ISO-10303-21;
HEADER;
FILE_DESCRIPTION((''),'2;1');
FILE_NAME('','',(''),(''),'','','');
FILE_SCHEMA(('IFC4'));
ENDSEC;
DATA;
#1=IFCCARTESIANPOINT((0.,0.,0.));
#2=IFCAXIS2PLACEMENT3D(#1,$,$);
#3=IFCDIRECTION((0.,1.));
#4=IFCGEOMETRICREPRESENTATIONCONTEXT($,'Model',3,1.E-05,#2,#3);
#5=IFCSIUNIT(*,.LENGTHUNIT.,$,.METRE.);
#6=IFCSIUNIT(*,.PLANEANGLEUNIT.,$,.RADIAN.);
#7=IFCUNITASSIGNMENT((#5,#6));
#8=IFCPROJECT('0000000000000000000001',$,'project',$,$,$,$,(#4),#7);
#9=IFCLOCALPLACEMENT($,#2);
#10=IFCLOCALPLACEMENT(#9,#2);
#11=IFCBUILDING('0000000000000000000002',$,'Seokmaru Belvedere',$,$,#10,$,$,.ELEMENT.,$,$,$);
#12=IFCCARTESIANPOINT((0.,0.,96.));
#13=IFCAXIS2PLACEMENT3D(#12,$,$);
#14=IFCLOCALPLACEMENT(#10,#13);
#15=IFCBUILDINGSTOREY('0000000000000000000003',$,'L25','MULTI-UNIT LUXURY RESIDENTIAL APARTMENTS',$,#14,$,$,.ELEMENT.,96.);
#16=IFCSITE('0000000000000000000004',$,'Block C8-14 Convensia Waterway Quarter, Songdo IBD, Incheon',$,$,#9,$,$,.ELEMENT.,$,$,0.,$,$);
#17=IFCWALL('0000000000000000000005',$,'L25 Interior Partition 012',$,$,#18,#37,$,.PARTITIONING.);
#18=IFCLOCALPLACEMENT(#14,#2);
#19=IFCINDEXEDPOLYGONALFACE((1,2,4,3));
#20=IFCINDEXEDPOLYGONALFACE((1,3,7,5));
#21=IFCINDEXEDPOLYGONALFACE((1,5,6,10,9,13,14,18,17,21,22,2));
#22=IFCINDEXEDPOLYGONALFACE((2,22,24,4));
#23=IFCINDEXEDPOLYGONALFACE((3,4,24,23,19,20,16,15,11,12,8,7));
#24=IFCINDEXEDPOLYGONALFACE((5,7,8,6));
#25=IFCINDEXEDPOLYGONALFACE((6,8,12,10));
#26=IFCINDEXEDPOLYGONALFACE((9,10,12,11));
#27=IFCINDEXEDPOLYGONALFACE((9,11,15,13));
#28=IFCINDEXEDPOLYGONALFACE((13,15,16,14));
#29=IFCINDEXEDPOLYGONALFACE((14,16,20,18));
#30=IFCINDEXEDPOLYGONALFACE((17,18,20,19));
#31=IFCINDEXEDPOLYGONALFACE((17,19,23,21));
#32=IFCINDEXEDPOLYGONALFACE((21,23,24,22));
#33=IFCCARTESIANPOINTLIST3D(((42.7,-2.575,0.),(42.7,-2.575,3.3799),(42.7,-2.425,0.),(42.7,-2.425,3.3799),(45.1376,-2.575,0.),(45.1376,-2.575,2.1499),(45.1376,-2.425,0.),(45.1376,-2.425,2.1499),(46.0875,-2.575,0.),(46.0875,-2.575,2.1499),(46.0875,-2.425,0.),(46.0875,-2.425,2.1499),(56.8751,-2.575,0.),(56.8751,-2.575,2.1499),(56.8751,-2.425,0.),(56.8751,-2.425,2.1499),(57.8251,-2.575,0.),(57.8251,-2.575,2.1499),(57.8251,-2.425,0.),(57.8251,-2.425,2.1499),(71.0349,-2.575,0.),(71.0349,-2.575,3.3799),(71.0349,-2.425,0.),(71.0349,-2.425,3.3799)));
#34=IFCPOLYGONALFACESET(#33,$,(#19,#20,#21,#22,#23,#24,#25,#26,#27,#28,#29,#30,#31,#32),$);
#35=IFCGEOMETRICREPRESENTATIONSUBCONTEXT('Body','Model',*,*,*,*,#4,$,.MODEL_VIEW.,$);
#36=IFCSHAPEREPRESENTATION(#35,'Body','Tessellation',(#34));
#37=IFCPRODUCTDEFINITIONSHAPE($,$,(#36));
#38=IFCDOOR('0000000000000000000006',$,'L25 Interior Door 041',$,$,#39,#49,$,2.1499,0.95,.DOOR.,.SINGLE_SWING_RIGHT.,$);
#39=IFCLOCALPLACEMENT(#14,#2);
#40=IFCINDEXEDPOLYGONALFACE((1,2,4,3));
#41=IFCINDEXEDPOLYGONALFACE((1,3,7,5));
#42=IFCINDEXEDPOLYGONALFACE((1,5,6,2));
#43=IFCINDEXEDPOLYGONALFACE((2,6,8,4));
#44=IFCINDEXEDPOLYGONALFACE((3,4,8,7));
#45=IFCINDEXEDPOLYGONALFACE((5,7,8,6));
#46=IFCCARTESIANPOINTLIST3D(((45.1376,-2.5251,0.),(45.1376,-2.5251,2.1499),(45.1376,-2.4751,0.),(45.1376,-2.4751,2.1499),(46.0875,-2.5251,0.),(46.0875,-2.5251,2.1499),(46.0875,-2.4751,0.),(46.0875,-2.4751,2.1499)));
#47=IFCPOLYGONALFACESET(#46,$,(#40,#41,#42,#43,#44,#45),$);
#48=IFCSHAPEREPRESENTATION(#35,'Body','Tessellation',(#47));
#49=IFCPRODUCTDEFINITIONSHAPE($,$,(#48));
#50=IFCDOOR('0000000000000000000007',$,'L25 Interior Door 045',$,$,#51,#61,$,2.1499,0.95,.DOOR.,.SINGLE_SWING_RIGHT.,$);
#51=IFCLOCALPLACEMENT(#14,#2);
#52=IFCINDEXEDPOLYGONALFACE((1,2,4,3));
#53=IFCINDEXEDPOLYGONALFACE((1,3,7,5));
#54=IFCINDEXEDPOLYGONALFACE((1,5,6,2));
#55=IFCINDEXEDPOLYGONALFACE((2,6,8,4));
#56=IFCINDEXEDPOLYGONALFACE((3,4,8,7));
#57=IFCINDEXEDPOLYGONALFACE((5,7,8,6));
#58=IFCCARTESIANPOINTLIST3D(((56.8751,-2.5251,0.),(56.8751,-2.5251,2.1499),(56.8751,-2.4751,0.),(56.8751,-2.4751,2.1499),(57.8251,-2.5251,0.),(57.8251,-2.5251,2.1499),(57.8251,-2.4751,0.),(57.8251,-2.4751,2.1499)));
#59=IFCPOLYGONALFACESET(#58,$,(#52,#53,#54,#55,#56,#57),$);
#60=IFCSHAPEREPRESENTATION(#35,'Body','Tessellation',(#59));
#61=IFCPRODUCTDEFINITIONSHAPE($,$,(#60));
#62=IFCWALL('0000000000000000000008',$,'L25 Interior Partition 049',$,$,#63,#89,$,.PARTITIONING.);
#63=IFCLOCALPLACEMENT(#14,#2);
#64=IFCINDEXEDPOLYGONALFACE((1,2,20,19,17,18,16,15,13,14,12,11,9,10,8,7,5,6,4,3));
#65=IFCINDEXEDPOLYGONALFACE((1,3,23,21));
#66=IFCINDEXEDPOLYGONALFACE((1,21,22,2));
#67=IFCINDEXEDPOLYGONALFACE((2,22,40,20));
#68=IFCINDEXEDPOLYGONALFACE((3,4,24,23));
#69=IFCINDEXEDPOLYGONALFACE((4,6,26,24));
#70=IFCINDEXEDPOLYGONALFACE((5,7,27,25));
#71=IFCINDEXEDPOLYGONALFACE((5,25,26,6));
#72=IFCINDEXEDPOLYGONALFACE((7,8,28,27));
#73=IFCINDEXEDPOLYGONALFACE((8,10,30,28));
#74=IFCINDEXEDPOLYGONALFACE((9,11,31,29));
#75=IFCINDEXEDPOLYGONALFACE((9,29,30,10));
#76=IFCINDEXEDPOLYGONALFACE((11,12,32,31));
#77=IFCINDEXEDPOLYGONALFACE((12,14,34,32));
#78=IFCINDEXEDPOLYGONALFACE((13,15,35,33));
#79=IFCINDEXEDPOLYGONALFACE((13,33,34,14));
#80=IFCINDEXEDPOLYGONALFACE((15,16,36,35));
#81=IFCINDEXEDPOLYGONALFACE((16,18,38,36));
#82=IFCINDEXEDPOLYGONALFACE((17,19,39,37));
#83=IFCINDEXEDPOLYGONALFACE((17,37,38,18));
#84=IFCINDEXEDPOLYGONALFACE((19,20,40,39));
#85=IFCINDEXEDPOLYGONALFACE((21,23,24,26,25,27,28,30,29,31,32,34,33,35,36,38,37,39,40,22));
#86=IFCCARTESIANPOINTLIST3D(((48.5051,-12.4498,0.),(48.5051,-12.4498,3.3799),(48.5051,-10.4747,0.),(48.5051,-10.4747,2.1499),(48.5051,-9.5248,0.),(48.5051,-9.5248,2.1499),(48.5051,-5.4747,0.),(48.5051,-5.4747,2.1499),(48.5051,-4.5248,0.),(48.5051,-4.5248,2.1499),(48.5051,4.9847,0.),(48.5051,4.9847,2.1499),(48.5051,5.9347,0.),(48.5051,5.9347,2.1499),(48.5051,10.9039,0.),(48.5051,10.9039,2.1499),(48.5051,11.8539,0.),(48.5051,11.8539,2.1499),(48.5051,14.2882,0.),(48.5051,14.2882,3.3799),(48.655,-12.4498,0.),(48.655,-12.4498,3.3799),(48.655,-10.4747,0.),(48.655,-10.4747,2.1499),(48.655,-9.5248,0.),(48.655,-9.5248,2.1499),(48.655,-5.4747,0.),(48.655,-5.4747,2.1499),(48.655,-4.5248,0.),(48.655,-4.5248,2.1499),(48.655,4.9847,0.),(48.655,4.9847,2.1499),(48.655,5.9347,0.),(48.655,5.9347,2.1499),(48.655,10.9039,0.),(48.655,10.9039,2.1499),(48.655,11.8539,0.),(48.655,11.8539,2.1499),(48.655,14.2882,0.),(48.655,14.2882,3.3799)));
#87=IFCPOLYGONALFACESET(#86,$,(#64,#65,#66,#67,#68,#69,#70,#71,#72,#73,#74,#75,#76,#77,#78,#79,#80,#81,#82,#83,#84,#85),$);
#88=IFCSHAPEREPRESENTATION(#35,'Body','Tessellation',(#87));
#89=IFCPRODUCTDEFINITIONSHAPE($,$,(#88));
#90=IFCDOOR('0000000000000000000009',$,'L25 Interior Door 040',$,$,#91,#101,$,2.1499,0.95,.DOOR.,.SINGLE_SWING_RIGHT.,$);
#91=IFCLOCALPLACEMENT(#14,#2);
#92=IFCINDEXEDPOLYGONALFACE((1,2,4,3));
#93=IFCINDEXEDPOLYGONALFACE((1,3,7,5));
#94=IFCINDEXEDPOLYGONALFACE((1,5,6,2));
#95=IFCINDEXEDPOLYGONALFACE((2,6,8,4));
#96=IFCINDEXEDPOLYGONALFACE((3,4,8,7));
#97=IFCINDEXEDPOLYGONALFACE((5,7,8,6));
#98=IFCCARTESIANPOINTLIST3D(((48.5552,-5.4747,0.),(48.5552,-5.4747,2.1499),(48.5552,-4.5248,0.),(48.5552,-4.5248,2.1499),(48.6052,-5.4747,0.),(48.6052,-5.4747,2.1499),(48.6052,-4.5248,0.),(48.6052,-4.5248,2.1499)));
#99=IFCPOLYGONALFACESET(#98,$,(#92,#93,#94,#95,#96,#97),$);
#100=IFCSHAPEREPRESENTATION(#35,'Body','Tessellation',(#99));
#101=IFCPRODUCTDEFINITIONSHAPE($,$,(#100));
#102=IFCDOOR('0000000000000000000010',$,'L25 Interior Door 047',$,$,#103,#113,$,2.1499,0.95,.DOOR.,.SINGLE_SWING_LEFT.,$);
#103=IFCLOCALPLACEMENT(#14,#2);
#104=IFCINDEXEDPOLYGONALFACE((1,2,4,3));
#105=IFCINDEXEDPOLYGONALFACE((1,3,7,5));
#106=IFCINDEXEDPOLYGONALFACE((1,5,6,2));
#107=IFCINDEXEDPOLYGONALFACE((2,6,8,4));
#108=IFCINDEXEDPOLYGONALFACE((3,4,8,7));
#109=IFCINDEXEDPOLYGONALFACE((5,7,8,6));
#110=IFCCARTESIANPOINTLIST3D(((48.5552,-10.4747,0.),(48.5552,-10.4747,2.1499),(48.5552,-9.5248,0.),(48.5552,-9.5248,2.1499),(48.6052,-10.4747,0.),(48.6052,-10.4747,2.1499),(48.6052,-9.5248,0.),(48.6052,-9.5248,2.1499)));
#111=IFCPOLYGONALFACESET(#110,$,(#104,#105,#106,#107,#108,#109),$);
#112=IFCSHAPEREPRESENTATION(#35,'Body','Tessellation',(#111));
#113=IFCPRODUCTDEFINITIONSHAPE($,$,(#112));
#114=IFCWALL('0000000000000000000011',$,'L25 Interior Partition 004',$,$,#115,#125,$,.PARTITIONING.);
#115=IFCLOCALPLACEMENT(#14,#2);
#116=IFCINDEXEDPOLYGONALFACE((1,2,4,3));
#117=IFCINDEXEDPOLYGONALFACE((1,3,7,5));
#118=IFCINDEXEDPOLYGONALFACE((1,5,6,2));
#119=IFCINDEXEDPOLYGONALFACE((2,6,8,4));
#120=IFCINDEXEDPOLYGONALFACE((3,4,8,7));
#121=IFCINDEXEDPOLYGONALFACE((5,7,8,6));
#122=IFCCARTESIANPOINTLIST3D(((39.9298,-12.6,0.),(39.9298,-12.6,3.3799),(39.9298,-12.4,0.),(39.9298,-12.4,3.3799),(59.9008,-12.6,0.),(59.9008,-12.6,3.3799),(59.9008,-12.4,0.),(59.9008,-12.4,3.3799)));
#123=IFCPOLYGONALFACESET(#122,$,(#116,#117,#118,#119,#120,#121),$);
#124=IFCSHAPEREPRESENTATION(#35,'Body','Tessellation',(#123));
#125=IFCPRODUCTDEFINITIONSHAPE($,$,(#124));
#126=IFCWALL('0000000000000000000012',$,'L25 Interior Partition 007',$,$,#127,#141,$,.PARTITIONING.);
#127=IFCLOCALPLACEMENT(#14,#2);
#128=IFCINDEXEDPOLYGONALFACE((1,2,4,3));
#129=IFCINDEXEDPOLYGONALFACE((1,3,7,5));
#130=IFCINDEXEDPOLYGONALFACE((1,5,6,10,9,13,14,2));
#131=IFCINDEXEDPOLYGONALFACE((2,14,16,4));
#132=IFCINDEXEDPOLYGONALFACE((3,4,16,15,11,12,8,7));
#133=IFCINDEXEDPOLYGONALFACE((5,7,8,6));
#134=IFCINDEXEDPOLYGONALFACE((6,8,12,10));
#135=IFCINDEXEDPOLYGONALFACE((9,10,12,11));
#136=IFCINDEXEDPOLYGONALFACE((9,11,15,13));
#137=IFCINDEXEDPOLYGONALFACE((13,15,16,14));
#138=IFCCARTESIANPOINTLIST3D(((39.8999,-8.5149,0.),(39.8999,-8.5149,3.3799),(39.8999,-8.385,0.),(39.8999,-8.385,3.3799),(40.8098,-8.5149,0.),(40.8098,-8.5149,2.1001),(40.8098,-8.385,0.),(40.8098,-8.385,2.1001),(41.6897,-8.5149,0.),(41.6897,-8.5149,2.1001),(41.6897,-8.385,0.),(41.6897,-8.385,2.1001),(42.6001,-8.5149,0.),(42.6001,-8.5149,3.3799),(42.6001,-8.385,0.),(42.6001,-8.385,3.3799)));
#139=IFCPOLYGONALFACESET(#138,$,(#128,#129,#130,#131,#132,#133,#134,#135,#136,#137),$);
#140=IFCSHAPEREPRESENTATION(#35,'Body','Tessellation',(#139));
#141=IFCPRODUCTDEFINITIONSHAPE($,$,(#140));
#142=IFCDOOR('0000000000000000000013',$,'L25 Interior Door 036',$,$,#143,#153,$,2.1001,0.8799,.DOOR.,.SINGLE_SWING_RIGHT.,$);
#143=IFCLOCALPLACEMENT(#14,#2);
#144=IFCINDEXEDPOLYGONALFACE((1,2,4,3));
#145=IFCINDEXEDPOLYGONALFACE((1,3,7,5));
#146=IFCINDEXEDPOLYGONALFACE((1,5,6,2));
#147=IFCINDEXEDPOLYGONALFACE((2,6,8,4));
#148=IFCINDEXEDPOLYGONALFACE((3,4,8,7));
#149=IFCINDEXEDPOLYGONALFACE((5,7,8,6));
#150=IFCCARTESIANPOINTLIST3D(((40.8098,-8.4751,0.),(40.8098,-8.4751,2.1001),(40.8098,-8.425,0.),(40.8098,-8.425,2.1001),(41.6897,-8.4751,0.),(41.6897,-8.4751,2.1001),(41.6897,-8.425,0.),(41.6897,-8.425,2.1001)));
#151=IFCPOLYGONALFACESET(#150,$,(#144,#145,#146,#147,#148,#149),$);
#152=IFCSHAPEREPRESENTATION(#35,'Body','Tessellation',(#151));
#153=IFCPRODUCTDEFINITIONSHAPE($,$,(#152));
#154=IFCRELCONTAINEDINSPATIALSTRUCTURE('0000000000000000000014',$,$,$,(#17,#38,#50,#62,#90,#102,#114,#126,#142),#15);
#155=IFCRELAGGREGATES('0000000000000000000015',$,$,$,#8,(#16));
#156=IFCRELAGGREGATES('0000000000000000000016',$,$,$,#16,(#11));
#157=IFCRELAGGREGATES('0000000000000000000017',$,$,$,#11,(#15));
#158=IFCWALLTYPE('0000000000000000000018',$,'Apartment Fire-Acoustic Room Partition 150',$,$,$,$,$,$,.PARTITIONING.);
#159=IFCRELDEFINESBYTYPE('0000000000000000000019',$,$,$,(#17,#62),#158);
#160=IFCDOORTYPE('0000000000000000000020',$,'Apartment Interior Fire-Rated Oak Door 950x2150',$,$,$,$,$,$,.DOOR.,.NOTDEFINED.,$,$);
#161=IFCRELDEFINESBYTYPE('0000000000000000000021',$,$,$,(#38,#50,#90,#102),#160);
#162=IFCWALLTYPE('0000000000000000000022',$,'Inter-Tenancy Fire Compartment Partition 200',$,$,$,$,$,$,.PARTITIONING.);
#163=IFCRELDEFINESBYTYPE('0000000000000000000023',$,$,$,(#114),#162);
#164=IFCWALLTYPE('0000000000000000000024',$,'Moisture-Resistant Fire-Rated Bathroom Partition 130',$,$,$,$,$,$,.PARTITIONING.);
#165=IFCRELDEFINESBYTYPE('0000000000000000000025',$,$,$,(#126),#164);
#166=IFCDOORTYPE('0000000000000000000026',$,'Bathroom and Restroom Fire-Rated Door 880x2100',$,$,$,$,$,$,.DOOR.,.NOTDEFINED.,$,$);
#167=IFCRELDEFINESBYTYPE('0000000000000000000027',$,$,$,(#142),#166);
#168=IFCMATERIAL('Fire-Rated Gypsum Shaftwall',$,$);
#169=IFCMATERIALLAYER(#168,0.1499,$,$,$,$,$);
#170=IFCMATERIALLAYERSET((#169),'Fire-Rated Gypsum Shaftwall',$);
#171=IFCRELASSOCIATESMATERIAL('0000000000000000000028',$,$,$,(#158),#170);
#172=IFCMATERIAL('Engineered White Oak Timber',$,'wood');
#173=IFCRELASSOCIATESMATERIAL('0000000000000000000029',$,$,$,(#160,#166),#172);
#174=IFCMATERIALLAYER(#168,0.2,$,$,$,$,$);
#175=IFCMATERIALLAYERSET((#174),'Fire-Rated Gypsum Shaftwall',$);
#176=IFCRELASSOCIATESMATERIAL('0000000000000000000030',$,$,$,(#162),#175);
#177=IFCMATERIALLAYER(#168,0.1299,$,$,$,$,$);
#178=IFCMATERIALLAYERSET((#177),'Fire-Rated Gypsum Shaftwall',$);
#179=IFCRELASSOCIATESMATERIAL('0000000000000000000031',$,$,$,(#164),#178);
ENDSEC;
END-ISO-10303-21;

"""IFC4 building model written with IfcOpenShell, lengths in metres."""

from ifc_helpers import new_model, si_unit, direction, frame, frame_2d, origin, place, context, subcontext, project, spatial, rectangle, extrude, source, transform, mapped, material, layer, layer_set, type_object, type_shapes, element, fill, save


model = new_model("IFC4")

# Units and contexts
model_context = context("Model", 3, precision=1e-05, world=origin(), true_north=direction((0.0, 1.0)))
body_context = subcontext(model_context, "Body", "Model", "MODEL_VIEW")
ifc_project = project(units=[si_unit("LENGTHUNIT", "METRE"), si_unit("PLANEANGLEUNIT", "RADIAN")], contexts=[model_context])

# Site, building, storey
site_placement = place(None, origin())
site = spatial("IfcSite", under=ifc_project, at=site_placement, Name="Block C8-14 Convensia Waterway Quarter, Songdo IBD, Incheon", CompositionType="ELEMENT", RefElevation=0.0)
building_placement = place(site_placement, origin())
building = spatial("IfcBuilding", under=site, at=building_placement, Name="Seokmaru Belvedere", CompositionType="ELEMENT")
storey_placement = place(building_placement, frame((0.0, 0.0, 96.0)))
storey = spatial("IfcBuildingStorey", under=building, at=storey_placement, Name="L25", Description="MULTI-UNIT LUXURY RESIDENTIAL APARTMENTS", CompositionType="ELEMENT", Elevation=96.0)

# Walls, openings, doors
ifc_material_1 = material(Name="Fire-Rated Gypsum Shaftwall")
ifc_layer_1 = layer(ifc_material_1, 0.1499)
ifc_layer_set_1 = layer_set([ifc_layer_1], Name="Fire-Rated Gypsum Shaftwall")
wall_type_1 = type_object("IfcWallType", Name="Apartment Fire-Acoustic Room Partition 150", PredefinedType="PARTITIONING", material=ifc_layer_set_1)
ifc_material_2 = material(Name="Engineered White Oak Timber", Category="wood")
door_type_1 = type_object("IfcDoorType", Name="Apartment Interior Fire-Rated Oak Door 950x2150", OperationType="NOTDEFINED", PredefinedType="DOOR", material=ifc_material_2)
shared_shape_1 = source(origin(), body_context, "Body", "SweptSolid", [
    extrude(rectangle(XDim=0.95, YDim=2.1499, at=frame_2d((0.4751, 1.075))), frame((0.0, 0.0249, 0.0), z_axis=(0.0, -1.0, 0.0), x_axis=(1.0, 0.0, 0.0)), (0.0, 0.0, 1.0), 0.05),
])
type_shapes(door_type_1, [shared_shape_1])
wall_1_placement = place(storey_placement, frame((42.7, -2.5, 0.0), z_axis=(0.0, 0.0, 1.0), x_axis=(1.0, 0.0, 0.0)))
wall_1 = element("IfcWall", 1, at=wall_1_placement, inside=storey, type_object=wall_type_1, Name="L25 Interior Partition 012", PredefinedType="PARTITIONING", context=body_context, shape_type="SweptSolid", body=[
    extrude(rectangle(XDim=28.335, YDim=0.1499, at=frame_2d((14.1675, 0.0))), origin(), (0.0, 0.0, 1.0), 3.3799),
])
opening_1_placement = place(wall_1_placement, frame((2.4375, 0.0, 0.0)))
opening_1 = element("IfcOpeningElement", 2, at=opening_1_placement, cuts=wall_1, PredefinedType="OPENING", context=body_context, shape_type="SweptSolid", body=[
    extrude(rectangle(XDim=0.95, YDim=2.1499, at=frame_2d((0.4751, 1.075))), frame((0.0, 0.085, 0.0), z_axis=(0.0, -1.0, 0.0), x_axis=(1.0, 0.0, 0.0)), (0.0, 0.0, 1.0), 0.1699),
])
opening_2_placement = place(wall_1_placement, frame((14.175, 0.0, 0.0)))
opening_2 = element("IfcOpeningElement", 3, at=opening_2_placement, cuts=wall_1, PredefinedType="OPENING", context=body_context, shape_type="SweptSolid", body=[
    extrude(rectangle(XDim=0.95, YDim=2.1499, at=frame_2d((0.4751, 1.075))), frame((0.0, 0.085, 0.0), z_axis=(0.0, -1.0, 0.0), x_axis=(1.0, 0.0, 0.0)), (0.0, 0.0, 1.0), 0.1699),
])
door_1_placement = place(opening_1_placement, origin())
door_1 = element("IfcDoor", 4, at=door_1_placement, inside=storey, type_object=door_type_1, Name="L25 Interior Door 041", OperationType="SINGLE_SWING_RIGHT", OverallHeight=2.1499, OverallWidth=0.95, PredefinedType="DOOR", context=body_context, shape_type="MappedRepresentation", body=[
    mapped(shared_shape_1, transform((0.0, 0.0, 0.0), scale=1.0)),
])
fill(opening_1, door_1)
door_2_placement = place(opening_2_placement, origin())
door_2 = element("IfcDoor", 5, at=door_2_placement, inside=storey, type_object=door_type_1, Name="L25 Interior Door 045", OperationType="SINGLE_SWING_RIGHT", OverallHeight=2.1499, OverallWidth=0.95, PredefinedType="DOOR", context=body_context, shape_type="MappedRepresentation", body=[
    mapped(shared_shape_1, transform((0.0, 0.0, 0.0), scale=1.0)),
])
fill(opening_2, door_2)
wall_2_placement = place(storey_placement, frame((48.5801, -12.45, 0.0), z_axis=(0.0, 0.0, 1.0), x_axis=(0.0, 1.0, 0.0)))
wall_2 = element("IfcWall", 6, at=wall_2_placement, inside=storey, type_object=wall_type_1, Name="L25 Interior Partition 049", PredefinedType="PARTITIONING", context=body_context, shape_type="SweptSolid", body=[
    extrude(rectangle(XDim=26.738, YDim=0.1499, at=frame_2d((13.3691, 0.0))), origin(), (0.0, 0.0, 1.0), 3.3799),
])
opening_3_placement = place(wall_2_placement, frame((6.9751, 0.0, 0.0)))
opening_3 = element("IfcOpeningElement", 7, at=opening_3_placement, cuts=wall_2, PredefinedType="OPENING", context=body_context, shape_type="SweptSolid", body=[
    extrude(rectangle(XDim=0.95, YDim=2.1499, at=frame_2d((0.4751, 1.075))), frame((0.0, 0.085, 0.0), z_axis=(0.0, -1.0, 0.0), x_axis=(1.0, 0.0, 0.0)), (0.0, 0.0, 1.0), 0.1699),
])
opening_4_placement = place(wall_2_placement, frame((1.9751, 0.0, 0.0)))
opening_4 = element("IfcOpeningElement", 8, at=opening_4_placement, cuts=wall_2, PredefinedType="OPENING", context=body_context, shape_type="SweptSolid", body=[
    extrude(rectangle(XDim=0.95, YDim=2.1499, at=frame_2d((0.4751, 1.075))), frame((0.0, 0.085, 0.0), z_axis=(0.0, -1.0, 0.0), x_axis=(1.0, 0.0, 0.0)), (0.0, 0.0, 1.0), 0.1699),
])
opening_5_placement = place(wall_2_placement, frame((23.3538, 0.0, 0.0)))
element("IfcOpeningElement", 9, at=opening_5_placement, cuts=wall_2, PredefinedType="OPENING", context=body_context, shape_type="SweptSolid", body=[
    extrude(rectangle(XDim=0.95, YDim=2.1499, at=frame_2d((0.4751, 1.075))), frame((0.0, 0.085, 0.0), z_axis=(0.0, -1.0, 0.0), x_axis=(1.0, 0.0, 0.0)), (0.0, 0.0, 1.0), 0.1699),
])
opening_6_placement = place(wall_2_placement, frame((17.4346, 0.0, 0.0)))
element("IfcOpeningElement", 10, at=opening_6_placement, cuts=wall_2, PredefinedType="OPENING", context=body_context, shape_type="SweptSolid", body=[
    extrude(rectangle(XDim=0.95, YDim=2.1499, at=frame_2d((0.4751, 1.075))), frame((0.0, 0.085, 0.0), z_axis=(0.0, -1.0, 0.0), x_axis=(1.0, 0.0, 0.0)), (0.0, 0.0, 1.0), 0.1699),
])
door_3_placement = place(opening_3_placement, origin())
door_3 = element("IfcDoor", 11, at=door_3_placement, inside=storey, type_object=door_type_1, Name="L25 Interior Door 040", OperationType="SINGLE_SWING_RIGHT", OverallHeight=2.1499, OverallWidth=0.95, PredefinedType="DOOR", context=body_context, shape_type="MappedRepresentation", body=[
    mapped(shared_shape_1, transform((0.0, 0.0, 0.0), scale=1.0)),
])
fill(opening_3, door_3)
door_4_placement = place(opening_4_placement, origin())
door_4 = element("IfcDoor", 12, at=door_4_placement, inside=storey, type_object=door_type_1, Name="L25 Interior Door 047", OperationType="SINGLE_SWING_LEFT", OverallHeight=2.1499, OverallWidth=0.95, PredefinedType="DOOR", context=body_context, shape_type="MappedRepresentation", body=[
    mapped(shared_shape_1, transform((0.0, 0.0, 0.0), scale=1.0)),
])
fill(opening_4, door_4)

# Wall
ifc_layer_2 = layer(ifc_material_1, 0.2)
ifc_layer_set_2 = layer_set([ifc_layer_2], Name="Fire-Rated Gypsum Shaftwall")
wall_type_2 = type_object("IfcWallType", Name="Inter-Tenancy Fire Compartment Partition 200", PredefinedType="PARTITIONING", material=ifc_layer_set_2)
wall_3_placement = place(storey_placement, frame((39.9299, -12.5, 0.0), z_axis=(0.0, 0.0, 1.0), x_axis=(1.0, 0.0, 0.0)))
element("IfcWall", 13, at=wall_3_placement, inside=storey, type_object=wall_type_2, Name="L25 Interior Partition 004", PredefinedType="PARTITIONING", context=body_context, shape_type="SweptSolid", body=[
    extrude(rectangle(XDim=19.9709, YDim=0.2, at=frame_2d((9.9854, 0.0))), origin(), (0.0, 0.0, 1.0), 3.3799),
])

# Wall, opening, door
ifc_layer_3 = layer(ifc_material_1, 0.1299)
ifc_layer_set_3 = layer_set([ifc_layer_3], Name="Fire-Rated Gypsum Shaftwall")
wall_type_3 = type_object("IfcWallType", Name="Moisture-Resistant Fire-Rated Bathroom Partition 130", PredefinedType="PARTITIONING", material=ifc_layer_set_3)
wall_4_placement = place(storey_placement, frame((39.8999, -8.45, 0.0), z_axis=(0.0, 0.0, 1.0), x_axis=(1.0, 0.0, 0.0)))
wall_4 = element("IfcWall", 14, at=wall_4_placement, inside=storey, type_object=wall_type_3, Name="L25 Interior Partition 007", PredefinedType="PARTITIONING", context=body_context, shape_type="SweptSolid", body=[
    extrude(rectangle(XDim=2.7002, YDim=0.1299, at=frame_2d((1.3501, 0.0))), origin(), (0.0, 0.0, 1.0), 3.3799),
])
opening_7_placement = place(wall_4_placement, frame((0.9099, 0.0, 0.0)))
opening_7 = element("IfcOpeningElement", 15, at=opening_7_placement, cuts=wall_4, PredefinedType="OPENING", context=body_context, shape_type="SweptSolid", body=[
    extrude(rectangle(XDim=0.8799, YDim=2.1001, at=frame_2d((0.4399, 1.05))), frame((0.0, 0.075, 0.0), z_axis=(0.0, -1.0, 0.0), x_axis=(1.0, 0.0, 0.0)), (0.0, 0.0, 1.0), 0.1499),
])
door_type_2 = type_object("IfcDoorType", Name="Bathroom and Restroom Fire-Rated Door 880x2100", OperationType="NOTDEFINED", PredefinedType="DOOR", material=ifc_material_2)
shared_shape_2 = source(origin(), body_context, "Body", "SweptSolid", [
    extrude(rectangle(XDim=0.8799, YDim=2.1001, at=frame_2d((0.4399, 1.05))), frame((0.0, 0.0249, 0.0), z_axis=(0.0, -1.0, 0.0), x_axis=(1.0, 0.0, 0.0)), (0.0, 0.0, 1.0), 0.05),
])
type_shapes(door_type_2, [shared_shape_2])
door_5_placement = place(opening_7_placement, origin())
door_5 = element("IfcDoor", 16, at=door_5_placement, inside=storey, type_object=door_type_2, Name="L25 Interior Door 036", OperationType="SINGLE_SWING_RIGHT", OverallHeight=2.1001, OverallWidth=0.8799, PredefinedType="DOOR", context=body_context, shape_type="MappedRepresentation", body=[
    mapped(shared_shape_2, transform((0.0, 0.0, 0.0), scale=1.0)),
])
fill(opening_7, door_5)

save(model, "model.ifc")
